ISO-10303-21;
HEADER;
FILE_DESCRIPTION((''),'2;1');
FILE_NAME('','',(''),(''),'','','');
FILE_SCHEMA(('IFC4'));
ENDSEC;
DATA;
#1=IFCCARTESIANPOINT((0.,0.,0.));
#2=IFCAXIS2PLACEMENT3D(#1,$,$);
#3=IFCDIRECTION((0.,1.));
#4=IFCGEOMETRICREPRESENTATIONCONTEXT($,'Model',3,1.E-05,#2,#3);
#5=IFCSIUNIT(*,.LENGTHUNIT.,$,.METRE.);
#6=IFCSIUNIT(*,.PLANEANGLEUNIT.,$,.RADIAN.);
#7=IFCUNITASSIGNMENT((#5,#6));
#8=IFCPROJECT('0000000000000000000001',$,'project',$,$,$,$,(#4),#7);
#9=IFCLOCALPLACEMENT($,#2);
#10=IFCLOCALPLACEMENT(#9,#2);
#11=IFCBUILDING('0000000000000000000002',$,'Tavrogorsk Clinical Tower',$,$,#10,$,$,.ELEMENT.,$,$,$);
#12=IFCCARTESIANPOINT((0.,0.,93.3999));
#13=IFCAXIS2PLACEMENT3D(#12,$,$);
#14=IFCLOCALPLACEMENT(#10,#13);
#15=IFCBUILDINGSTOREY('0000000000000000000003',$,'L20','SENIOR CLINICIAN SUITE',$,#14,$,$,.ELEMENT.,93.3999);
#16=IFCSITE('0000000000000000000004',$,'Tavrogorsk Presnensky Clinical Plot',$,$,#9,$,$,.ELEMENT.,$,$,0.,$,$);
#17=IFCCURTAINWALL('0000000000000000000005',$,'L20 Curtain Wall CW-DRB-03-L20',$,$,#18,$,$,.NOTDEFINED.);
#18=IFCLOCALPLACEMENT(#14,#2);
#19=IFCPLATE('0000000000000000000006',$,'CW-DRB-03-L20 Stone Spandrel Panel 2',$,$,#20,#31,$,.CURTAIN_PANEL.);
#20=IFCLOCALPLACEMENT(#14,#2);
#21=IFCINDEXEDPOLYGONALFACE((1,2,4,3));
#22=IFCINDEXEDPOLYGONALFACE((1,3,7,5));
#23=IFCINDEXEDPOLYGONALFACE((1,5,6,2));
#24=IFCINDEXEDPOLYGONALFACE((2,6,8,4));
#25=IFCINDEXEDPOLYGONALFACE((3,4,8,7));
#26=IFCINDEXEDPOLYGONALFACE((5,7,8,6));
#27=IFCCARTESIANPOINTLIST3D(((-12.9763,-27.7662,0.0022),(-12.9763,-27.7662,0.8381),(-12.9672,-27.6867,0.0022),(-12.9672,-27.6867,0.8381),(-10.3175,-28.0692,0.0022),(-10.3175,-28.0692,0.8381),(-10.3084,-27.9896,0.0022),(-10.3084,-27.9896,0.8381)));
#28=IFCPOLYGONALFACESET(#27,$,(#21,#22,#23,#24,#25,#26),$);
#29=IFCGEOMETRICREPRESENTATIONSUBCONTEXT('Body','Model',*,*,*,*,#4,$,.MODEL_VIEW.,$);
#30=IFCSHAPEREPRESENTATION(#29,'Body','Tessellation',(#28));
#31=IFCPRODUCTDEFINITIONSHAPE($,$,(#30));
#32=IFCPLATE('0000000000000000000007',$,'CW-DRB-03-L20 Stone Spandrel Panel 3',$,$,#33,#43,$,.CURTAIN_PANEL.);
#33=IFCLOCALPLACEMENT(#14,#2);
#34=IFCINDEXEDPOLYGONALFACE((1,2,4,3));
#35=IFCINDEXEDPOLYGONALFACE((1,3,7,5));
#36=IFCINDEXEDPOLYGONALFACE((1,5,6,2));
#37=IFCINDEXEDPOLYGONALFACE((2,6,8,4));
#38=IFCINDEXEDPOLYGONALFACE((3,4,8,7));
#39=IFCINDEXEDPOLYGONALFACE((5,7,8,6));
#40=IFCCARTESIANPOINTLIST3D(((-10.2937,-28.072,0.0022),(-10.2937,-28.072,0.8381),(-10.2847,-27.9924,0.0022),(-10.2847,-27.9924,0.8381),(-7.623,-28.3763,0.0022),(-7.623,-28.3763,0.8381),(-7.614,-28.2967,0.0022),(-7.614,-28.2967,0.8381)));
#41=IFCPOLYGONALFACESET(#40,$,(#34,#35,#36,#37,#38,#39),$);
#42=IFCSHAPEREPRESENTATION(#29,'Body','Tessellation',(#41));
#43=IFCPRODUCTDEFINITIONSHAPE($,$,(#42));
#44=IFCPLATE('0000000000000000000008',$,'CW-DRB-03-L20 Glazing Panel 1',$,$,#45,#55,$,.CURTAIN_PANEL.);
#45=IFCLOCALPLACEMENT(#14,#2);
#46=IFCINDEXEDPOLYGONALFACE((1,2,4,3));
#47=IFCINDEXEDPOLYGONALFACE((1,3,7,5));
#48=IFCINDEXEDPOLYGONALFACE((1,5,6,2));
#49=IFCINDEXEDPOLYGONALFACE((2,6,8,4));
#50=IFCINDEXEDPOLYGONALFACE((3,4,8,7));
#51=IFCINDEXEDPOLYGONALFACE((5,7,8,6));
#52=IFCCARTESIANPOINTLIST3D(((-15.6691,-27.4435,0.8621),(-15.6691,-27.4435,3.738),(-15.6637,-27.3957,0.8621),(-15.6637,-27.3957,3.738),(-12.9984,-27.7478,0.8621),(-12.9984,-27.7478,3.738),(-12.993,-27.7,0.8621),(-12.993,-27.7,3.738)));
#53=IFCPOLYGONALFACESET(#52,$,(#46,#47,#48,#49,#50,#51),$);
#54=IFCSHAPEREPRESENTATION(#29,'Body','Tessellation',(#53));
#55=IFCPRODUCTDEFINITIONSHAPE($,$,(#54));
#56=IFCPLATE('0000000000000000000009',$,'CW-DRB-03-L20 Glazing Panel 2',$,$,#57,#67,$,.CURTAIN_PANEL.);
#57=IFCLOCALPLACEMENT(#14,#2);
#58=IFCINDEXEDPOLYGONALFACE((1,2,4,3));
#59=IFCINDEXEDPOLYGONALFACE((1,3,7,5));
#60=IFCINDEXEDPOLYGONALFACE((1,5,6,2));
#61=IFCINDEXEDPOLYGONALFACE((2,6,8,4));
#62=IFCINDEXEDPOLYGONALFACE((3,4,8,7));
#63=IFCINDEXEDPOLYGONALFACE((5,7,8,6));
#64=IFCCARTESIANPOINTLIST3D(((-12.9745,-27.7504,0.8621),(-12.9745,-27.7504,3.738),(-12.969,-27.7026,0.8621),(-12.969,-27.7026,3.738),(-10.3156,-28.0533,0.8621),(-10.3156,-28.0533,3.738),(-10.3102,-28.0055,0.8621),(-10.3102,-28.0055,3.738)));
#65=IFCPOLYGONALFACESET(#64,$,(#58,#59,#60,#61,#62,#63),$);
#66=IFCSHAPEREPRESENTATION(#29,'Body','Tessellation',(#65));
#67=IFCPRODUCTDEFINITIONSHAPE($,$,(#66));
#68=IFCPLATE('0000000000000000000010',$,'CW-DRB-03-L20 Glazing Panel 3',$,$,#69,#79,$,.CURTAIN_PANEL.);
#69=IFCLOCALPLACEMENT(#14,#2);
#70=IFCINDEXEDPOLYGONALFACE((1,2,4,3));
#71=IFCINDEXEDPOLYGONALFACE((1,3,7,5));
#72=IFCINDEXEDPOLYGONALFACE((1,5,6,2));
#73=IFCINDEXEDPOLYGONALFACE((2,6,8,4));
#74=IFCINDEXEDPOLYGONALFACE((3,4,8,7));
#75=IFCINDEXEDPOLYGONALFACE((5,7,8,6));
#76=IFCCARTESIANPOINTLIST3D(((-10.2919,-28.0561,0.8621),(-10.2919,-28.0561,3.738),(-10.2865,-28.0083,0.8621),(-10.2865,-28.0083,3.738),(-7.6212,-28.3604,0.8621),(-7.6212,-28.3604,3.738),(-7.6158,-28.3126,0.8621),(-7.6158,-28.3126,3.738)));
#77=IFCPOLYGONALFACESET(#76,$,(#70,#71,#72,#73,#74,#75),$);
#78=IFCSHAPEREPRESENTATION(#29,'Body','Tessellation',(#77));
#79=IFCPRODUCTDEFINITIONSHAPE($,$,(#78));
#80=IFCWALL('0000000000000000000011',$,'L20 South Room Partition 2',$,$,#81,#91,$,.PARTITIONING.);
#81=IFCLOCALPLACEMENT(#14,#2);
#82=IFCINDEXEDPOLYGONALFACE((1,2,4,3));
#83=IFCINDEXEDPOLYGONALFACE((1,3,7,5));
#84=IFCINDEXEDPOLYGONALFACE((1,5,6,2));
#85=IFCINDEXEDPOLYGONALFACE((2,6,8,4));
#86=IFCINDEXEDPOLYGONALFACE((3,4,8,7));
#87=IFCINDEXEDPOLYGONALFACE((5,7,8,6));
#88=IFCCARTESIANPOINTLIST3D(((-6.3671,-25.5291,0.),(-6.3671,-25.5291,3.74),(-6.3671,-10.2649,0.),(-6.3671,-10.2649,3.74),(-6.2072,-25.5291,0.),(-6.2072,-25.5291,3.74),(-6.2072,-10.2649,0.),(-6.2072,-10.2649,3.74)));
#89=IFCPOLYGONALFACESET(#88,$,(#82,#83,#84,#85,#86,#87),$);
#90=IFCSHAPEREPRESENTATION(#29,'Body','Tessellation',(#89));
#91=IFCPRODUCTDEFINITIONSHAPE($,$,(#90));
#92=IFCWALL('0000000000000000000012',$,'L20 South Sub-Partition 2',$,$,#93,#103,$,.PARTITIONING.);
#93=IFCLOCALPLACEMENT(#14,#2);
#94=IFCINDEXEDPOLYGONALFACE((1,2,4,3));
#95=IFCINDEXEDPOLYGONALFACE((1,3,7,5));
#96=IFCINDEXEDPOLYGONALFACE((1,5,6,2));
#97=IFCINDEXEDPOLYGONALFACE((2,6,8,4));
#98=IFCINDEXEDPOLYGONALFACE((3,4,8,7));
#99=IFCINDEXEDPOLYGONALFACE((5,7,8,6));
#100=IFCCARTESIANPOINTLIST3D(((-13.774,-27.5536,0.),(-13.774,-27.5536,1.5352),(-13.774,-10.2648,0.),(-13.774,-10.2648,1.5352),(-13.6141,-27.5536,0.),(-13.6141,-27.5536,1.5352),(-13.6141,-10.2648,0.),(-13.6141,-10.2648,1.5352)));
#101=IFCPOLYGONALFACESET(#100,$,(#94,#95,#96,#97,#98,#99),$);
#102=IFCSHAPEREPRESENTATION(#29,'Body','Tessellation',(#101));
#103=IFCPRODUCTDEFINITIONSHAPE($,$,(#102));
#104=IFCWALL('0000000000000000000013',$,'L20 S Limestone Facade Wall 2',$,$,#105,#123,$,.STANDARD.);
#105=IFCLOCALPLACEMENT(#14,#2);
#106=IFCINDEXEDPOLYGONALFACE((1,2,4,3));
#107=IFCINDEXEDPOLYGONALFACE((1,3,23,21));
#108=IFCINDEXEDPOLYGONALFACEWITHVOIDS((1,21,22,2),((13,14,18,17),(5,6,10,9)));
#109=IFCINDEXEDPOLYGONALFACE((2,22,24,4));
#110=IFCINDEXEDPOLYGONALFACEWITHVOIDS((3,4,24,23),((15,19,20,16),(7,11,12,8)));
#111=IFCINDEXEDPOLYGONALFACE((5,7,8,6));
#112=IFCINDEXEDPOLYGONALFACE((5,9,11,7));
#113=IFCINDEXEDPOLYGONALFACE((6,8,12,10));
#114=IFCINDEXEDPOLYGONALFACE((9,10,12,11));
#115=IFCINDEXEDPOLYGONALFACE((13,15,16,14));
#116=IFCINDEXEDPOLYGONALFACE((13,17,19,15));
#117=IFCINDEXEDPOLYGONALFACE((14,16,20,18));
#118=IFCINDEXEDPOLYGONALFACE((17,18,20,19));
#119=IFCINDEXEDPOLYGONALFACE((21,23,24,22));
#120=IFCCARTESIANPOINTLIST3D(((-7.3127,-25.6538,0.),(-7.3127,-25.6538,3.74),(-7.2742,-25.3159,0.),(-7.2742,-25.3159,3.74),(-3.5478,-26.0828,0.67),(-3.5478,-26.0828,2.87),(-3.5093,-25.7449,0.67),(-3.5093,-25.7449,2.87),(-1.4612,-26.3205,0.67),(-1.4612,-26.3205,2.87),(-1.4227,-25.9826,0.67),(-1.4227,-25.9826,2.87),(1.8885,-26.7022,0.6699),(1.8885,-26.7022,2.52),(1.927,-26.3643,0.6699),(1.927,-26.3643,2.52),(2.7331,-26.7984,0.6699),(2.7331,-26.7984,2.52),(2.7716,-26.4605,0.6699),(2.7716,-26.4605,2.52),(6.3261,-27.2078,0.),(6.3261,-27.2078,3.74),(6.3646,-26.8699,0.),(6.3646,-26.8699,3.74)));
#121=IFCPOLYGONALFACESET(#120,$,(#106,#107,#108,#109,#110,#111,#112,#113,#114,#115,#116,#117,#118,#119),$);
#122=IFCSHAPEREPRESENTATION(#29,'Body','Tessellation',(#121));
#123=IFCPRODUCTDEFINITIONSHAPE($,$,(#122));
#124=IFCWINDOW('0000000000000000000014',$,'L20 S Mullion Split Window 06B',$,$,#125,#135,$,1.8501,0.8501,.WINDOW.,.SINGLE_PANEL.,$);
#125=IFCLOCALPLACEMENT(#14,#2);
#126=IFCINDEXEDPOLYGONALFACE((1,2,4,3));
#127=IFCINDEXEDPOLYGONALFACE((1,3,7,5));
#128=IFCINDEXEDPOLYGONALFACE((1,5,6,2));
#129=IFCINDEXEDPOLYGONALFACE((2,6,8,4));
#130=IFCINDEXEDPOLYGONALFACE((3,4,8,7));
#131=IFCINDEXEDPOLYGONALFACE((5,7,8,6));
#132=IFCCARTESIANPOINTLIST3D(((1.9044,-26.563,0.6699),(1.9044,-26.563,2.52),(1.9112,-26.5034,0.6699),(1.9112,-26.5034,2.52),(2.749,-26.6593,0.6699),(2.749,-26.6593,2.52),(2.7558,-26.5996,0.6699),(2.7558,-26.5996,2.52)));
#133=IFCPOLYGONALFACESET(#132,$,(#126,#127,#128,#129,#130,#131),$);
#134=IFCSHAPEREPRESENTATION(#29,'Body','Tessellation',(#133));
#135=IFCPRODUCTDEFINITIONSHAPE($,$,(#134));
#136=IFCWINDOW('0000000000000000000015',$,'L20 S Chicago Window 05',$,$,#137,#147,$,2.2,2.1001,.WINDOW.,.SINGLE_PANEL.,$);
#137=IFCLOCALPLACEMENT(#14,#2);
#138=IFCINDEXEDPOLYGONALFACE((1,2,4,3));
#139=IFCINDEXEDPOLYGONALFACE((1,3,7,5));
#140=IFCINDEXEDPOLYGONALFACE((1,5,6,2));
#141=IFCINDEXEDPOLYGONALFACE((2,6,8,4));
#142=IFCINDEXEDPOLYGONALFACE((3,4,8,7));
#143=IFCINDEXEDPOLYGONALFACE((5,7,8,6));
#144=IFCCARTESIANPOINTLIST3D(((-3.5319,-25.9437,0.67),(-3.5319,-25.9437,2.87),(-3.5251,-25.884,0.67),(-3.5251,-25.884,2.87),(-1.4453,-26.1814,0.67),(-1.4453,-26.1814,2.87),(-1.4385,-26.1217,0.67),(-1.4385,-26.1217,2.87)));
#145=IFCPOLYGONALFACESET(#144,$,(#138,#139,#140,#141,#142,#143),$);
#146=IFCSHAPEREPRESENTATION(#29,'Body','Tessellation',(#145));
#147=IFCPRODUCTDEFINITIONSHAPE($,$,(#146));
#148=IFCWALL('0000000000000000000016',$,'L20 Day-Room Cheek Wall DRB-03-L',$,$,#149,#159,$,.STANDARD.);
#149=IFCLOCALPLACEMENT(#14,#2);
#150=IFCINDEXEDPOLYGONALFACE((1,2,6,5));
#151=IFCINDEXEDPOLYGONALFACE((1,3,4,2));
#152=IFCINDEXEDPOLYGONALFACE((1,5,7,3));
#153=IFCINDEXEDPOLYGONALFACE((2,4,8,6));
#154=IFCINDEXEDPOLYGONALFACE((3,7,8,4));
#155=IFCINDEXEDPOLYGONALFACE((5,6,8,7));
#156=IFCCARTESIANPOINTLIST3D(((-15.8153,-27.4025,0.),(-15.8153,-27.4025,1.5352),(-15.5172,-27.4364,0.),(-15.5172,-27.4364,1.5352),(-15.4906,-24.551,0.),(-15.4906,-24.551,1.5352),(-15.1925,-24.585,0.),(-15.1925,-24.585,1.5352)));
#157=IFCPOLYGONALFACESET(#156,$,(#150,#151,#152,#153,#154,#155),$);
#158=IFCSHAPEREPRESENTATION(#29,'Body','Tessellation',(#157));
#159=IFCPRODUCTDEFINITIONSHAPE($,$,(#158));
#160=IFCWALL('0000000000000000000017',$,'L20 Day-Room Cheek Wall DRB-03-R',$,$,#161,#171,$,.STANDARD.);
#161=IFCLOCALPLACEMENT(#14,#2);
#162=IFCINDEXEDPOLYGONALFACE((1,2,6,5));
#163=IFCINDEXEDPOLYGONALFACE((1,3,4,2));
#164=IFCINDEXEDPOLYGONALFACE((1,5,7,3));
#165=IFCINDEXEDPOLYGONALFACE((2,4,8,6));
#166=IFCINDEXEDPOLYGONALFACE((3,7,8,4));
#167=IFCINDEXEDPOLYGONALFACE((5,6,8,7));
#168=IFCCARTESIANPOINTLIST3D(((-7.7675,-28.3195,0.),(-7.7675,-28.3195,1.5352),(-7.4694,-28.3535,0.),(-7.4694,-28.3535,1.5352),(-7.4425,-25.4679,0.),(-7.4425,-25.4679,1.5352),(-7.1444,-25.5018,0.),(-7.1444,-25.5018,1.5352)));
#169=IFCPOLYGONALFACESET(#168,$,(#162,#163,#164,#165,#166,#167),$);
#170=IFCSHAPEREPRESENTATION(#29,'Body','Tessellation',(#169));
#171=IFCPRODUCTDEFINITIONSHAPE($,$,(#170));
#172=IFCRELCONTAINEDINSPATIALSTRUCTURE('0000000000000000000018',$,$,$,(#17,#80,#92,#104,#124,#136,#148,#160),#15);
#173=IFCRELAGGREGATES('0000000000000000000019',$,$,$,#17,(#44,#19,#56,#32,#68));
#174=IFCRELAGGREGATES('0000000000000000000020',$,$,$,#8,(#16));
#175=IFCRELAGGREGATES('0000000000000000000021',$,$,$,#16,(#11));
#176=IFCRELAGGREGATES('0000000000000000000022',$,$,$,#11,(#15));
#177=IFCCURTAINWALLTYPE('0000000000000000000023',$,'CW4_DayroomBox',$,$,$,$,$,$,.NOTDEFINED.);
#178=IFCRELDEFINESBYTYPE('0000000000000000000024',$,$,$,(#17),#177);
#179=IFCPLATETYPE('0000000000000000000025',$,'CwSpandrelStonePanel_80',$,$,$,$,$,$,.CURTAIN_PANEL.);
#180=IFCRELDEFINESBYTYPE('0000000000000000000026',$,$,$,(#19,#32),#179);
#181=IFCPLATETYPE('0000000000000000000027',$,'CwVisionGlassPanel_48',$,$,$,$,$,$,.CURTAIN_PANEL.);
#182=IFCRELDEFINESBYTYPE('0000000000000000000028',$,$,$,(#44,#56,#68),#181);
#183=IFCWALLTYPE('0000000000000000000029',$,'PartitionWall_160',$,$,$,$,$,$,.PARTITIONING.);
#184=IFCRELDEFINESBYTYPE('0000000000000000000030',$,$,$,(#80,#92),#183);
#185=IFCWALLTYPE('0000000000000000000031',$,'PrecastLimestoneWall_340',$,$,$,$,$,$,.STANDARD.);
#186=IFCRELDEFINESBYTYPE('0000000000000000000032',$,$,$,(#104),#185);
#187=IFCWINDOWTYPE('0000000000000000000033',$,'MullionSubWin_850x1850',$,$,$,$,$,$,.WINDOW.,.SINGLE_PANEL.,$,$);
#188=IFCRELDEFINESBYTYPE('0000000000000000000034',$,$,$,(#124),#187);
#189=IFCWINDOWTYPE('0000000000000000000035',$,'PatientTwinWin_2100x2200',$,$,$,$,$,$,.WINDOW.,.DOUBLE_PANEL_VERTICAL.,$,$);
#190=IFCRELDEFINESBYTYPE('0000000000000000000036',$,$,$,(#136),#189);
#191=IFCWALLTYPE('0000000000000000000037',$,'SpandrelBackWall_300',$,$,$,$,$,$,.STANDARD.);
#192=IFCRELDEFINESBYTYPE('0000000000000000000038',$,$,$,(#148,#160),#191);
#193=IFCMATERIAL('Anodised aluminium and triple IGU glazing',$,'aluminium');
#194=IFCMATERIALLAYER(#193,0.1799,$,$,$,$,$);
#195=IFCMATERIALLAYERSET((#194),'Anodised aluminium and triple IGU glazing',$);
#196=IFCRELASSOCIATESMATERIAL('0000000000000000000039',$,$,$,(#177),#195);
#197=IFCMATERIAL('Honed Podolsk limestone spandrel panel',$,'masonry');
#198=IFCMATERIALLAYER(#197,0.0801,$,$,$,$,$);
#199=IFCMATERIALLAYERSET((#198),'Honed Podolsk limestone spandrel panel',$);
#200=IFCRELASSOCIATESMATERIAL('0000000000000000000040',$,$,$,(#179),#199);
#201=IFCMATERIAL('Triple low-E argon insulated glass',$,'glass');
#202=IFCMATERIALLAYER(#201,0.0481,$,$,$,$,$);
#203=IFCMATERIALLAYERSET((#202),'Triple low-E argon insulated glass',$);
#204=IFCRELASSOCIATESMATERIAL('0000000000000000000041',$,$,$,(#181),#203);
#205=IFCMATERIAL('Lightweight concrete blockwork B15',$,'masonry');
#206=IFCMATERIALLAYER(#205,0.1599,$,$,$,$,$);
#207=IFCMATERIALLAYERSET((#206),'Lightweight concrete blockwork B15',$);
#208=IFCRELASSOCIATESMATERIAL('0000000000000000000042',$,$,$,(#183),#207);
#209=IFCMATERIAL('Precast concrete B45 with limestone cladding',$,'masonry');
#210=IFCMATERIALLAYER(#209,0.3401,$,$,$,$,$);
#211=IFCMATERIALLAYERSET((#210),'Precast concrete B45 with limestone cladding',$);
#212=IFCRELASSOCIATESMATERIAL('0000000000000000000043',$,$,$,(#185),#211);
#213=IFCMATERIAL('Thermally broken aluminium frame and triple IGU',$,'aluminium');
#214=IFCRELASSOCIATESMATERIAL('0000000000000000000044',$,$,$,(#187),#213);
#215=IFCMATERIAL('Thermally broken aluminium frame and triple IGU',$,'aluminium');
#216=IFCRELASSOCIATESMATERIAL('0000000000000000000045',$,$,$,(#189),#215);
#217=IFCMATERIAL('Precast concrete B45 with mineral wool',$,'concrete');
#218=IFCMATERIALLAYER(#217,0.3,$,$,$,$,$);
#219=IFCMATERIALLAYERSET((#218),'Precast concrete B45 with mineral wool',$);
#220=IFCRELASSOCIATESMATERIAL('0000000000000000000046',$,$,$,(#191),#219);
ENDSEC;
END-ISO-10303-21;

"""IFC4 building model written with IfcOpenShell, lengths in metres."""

from ifc_helpers import new_model, si_unit, direction, frame, frame_2d, origin, origin_2d, place, context, subcontext, project, spatial, rectangle, extrude, material, layer, layer_set, type_object, element, fill, aggregate, save


model = new_model("IFC4")

# Units and contexts
model_context = context("Model", 3, precision=1e-05, world=origin(), true_north=direction((0.0, 1.0)))
body_context = subcontext(model_context, "Body", "Model", "MODEL_VIEW")
ifc_project = project(units=[si_unit("LENGTHUNIT", "METRE"), si_unit("PLANEANGLEUNIT", "RADIAN")], contexts=[model_context])

# Site, building, storey
site_placement = place(None, origin())
site = spatial("IfcSite", under=ifc_project, at=site_placement, Name="Tavrogorsk Presnensky Clinical Plot", CompositionType="ELEMENT", RefElevation=0.0)
building_placement = place(site_placement, origin())
building = spatial("IfcBuilding", under=site, at=building_placement, Name="Tavrogorsk Clinical Tower", CompositionType="ELEMENT")
storey_placement = place(building_placement, frame((0.0, 0.0, 93.3999)))
storey = spatial("IfcBuildingStorey", under=building, at=storey_placement, Name="L20", Description="SENIOR CLINICIAN SUITE", CompositionType="ELEMENT", Elevation=93.3999)

# Curtain wall
ifc_material_1 = material(Name="Anodised aluminium and triple IGU glazing", Category="aluminium")
ifc_layer_1 = layer(ifc_material_1, 0.1799)
ifc_layer_set_1 = layer_set([ifc_layer_1], Name="Anodised aluminium and triple IGU glazing")
curtain_wall_type = type_object("IfcCurtainWallType", Name="CW4_DayroomBox", PredefinedType="NOTDEFINED", material=ifc_layer_set_1)
curtain_wall_placement = place(storey_placement, origin())
curtain_wall = element("IfcCurtainWall", 1, at=curtain_wall_placement, inside=storey, type_object=curtain_wall_type, Name="L20 Curtain Wall CW-DRB-03-L20", PredefinedType="NOTDEFINED")

# Plates
ifc_material_2 = material(Name="Honed Podolsk limestone spandrel panel", Category="masonry")
ifc_layer_2 = layer(ifc_material_2, 0.0801)
ifc_layer_set_2 = layer_set([ifc_layer_2], Name="Honed Podolsk limestone spandrel panel")
plate_type_1 = type_object("IfcPlateType", Name="CwSpandrelStonePanel_80", PredefinedType="CURTAIN_PANEL", material=ifc_layer_set_2)
plate_1_placement = place(storey_placement, frame((-11.6423, -27.8779, 0.0022), z_axis=(0.0, 0.0, 1.0), x_axis=(0.993572, -0.113203, 0.0)))
plate_1 = element("IfcPlate", 2, at=plate_1_placement, type_object=plate_type_1, Name="CW-DRB-03-L20 Stone Spandrel Panel 2", PredefinedType="CURTAIN_PANEL", context=body_context, shape_type="SweptSolid", body=[
    extrude(rectangle(XDim=2.676, YDim=0.0801, at=origin_2d()), origin(), (0.0, 0.0, 1.0), 0.8359),
])
plate_2_placement = place(storey_placement, frame((-8.9539, -28.1843, 0.0022), z_axis=(0.0, 0.0, 1.0), x_axis=(0.993572, -0.113203, 0.0)))
plate_2 = element("IfcPlate", 3, at=plate_2_placement, type_object=plate_type_1, Name="CW-DRB-03-L20 Stone Spandrel Panel 3", PredefinedType="CURTAIN_PANEL", context=body_context, shape_type="SweptSolid", body=[
    extrude(rectangle(XDim=2.688, YDim=0.0801, at=origin_2d()), origin(), (0.0, 0.0, 1.0), 0.8359),
])
ifc_material_3 = material(Name="Triple low-E argon insulated glass", Category="glass")
ifc_layer_3 = layer(ifc_material_3, 0.0481)
ifc_layer_set_3 = layer_set([ifc_layer_3], Name="Triple low-E argon insulated glass")
plate_type_2 = type_object("IfcPlateType", Name="CwVisionGlassPanel_48", PredefinedType="CURTAIN_PANEL", material=ifc_layer_set_3)
plate_3_placement = place(storey_placement, frame((-14.3311, -27.5718, 0.8621), z_axis=(0.0, 0.0, 1.0), x_axis=(0.993572, -0.113203, 0.0)))
plate_3 = element("IfcPlate", 4, at=plate_3_placement, type_object=plate_type_2, Name="CW-DRB-03-L20 Glazing Panel 1", PredefinedType="CURTAIN_PANEL", context=body_context, shape_type="SweptSolid", body=[
    extrude(rectangle(XDim=2.688, YDim=0.0481, at=origin_2d()), origin(), (0.0, 0.0, 1.0), 2.876),
])
plate_4_placement = place(storey_placement, frame((-11.6423, -27.8779, 0.8621), z_axis=(0.0, 0.0, 1.0), x_axis=(0.993572, -0.113203, 0.0)))
plate_4 = element("IfcPlate", 5, at=plate_4_placement, type_object=plate_type_2, Name="CW-DRB-03-L20 Glazing Panel 2", PredefinedType="CURTAIN_PANEL", context=body_context, shape_type="SweptSolid", body=[
    extrude(rectangle(XDim=2.676, YDim=0.0481, at=origin_2d()), origin(), (0.0, 0.0, 1.0), 2.876),
])
plate_5_placement = place(storey_placement, frame((-8.9539, -28.1843, 0.8621), z_axis=(0.0, 0.0, 1.0), x_axis=(0.993572, -0.113203, 0.0)))
plate_5 = element("IfcPlate", 6, at=plate_5_placement, type_object=plate_type_2, Name="CW-DRB-03-L20 Glazing Panel 3", PredefinedType="CURTAIN_PANEL", context=body_context, shape_type="SweptSolid", body=[
    extrude(rectangle(XDim=2.688, YDim=0.0481, at=origin_2d()), origin(), (0.0, 0.0, 1.0), 2.876),
])
aggregate(curtain_wall, [plate_3, plate_1, plate_4, plate_2, plate_5])

# Walls
ifc_material_4 = material(Name="Lightweight concrete blockwork B15", Category="masonry")
ifc_layer_4 = layer(ifc_material_4, 0.1599)
ifc_layer_set_4 = layer_set([ifc_layer_4], Name="Lightweight concrete blockwork B15")
wall_type_1 = type_object("IfcWallType", Name="PartitionWall_160", PredefinedType="PARTITIONING", material=ifc_layer_set_4)
wall_1_placement = place(storey_placement, frame((-6.2871, -25.5291, 0.0), z_axis=(0.0, 0.0, 1.0), x_axis=(0.0, 1.0, 0.0)))
element("IfcWall", 7, at=wall_1_placement, inside=storey, type_object=wall_type_1, Name="L20 South Room Partition 2", PredefinedType="PARTITIONING", context=body_context, shape_type="SweptSolid", body=[
    extrude(rectangle(XDim=15.2642, YDim=0.1599, at=frame_2d((7.6321, 0.0))), origin(), (0.0, 0.0, 1.0), 3.74),
])
wall_2_placement = place(storey_placement, frame((-13.6941, -27.5537, 0.0), z_axis=(0.0, 0.0, 1.0), x_axis=(0.0, 1.0, 0.0)))
element("IfcWall", 8, at=wall_2_placement, inside=storey, type_object=wall_type_1, Name="L20 South Sub-Partition 2", PredefinedType="PARTITIONING", context=body_context, shape_type="SweptSolid", body=[
    extrude(rectangle(XDim=17.2888, YDim=0.1599, at=frame_2d((8.6445, 0.0))), origin(), (0.0, 0.0, 1.0), 1.5352),
])

# Wall, openings, windows
ifc_material_5 = material(Name="Precast concrete B45 with limestone cladding", Category="masonry")
ifc_layer_5 = layer(ifc_material_5, 0.3401)
ifc_layer_set_5 = layer_set([ifc_layer_5], Name="Precast concrete B45 with limestone cladding")
wall_type_2 = type_object("IfcWallType", Name="PrecastLimestoneWall_340", PredefinedType="STANDARD", material=ifc_layer_set_5)
wall_3_placement = place(storey_placement, frame((-7.2935, -25.4849, 0.0), z_axis=(0.0, 0.0, 1.0), x_axis=(0.993572, -0.113203, 0.0)))
wall_3 = element("IfcWall", 9, at=wall_3_placement, inside=storey, type_object=wall_type_2, Name="L20 S Limestone Facade Wall 2", PredefinedType="STANDARD", context=body_context, shape_type="SweptSolid", body=[
    extrude(rectangle(XDim=13.7271, YDim=0.3401, at=frame_2d((6.8635, 0.0))), origin(), (0.0, 0.0, 1.0), 3.74),
])
opening_1_placement = place(wall_3_placement, frame((3.7893, 0.0, 0.6699)))
opening_1 = element("IfcOpeningElement", 10, at=opening_1_placement, cuts=wall_3, PredefinedType="OPENING", context=body_context, shape_type="SweptSolid", body=[
    extrude(rectangle(XDim=2.1001, YDim=2.2, at=frame_2d((1.05, 1.1001))), frame((0.0, 0.1799, 0.0), z_axis=(0.0, -1.0, 0.0), x_axis=(1.0, 0.0, 0.0)), (0.0, 0.0, 1.0), 0.3601),
])
opening_2_placement = place(wall_3_placement, frame((9.2607, 0.0, 0.6699)))
opening_2 = element("IfcOpeningElement", 11, at=opening_2_placement, cuts=wall_3, PredefinedType="OPENING", context=body_context, shape_type="SweptSolid", body=[
    extrude(rectangle(XDim=0.8501, YDim=1.8501, at=frame_2d((0.425, 0.925))), frame((0.0, 0.1799, 0.0), z_axis=(0.0, -1.0, 0.0), x_axis=(1.0, 0.0, 0.0)), (0.0, 0.0, 1.0), 0.3601),
])
ifc_material_6 = material(Name="Thermally broken aluminium frame and triple IGU", Category="aluminium")
window_type_1 = type_object("IfcWindowType", Name="MullionSubWin_850x1850", PartitioningType="SINGLE_PANEL", PredefinedType="WINDOW", material=ifc_material_6)
window_1_placement = place(opening_2_placement, origin())
window_1 = element("IfcWindow", 12, at=window_1_placement, inside=storey, type_object=window_type_1, Name="L20 S Mullion Split Window 06B", OverallHeight=1.8501, OverallWidth=0.8501, PartitioningType="SINGLE_PANEL", PredefinedType="WINDOW", context=body_context, shape_type="SweptSolid", body=[
    extrude(rectangle(XDim=0.8501, YDim=1.8501, at=frame_2d((0.425, 0.925))), frame((0.0, 0.03, 0.0), z_axis=(0.0, -1.0, 0.0), x_axis=(1.0, 0.0, 0.0)), (0.0, 0.0, 1.0), 0.0601),
])
fill(opening_2, window_1)
ifc_material_7 = material(Name="Thermally broken aluminium frame and triple IGU", Category="aluminium")
window_type_2 = type_object("IfcWindowType", Name="PatientTwinWin_2100x2200", PartitioningType="DOUBLE_PANEL_VERTICAL", PredefinedType="WINDOW", material=ifc_material_7)
window_2_placement = place(opening_1_placement, origin())
window_2 = element("IfcWindow", 13, at=window_2_placement, inside=storey, type_object=window_type_2, Name="L20 S Chicago Window 05", OverallHeight=2.2, OverallWidth=2.1001, PartitioningType="SINGLE_PANEL", PredefinedType="WINDOW", context=body_context, shape_type="SweptSolid", body=[
    extrude(rectangle(XDim=2.1001, YDim=2.2, at=frame_2d((1.05, 1.1001))), frame((0.0, 0.03, 0.0), z_axis=(0.0, -1.0, 0.0), x_axis=(1.0, 0.0, 0.0)), (0.0, 0.0, 1.0), 0.0601),
])
fill(opening_1, window_2)

# Walls
ifc_material_8 = material(Name="Precast concrete B45 with mineral wool", Category="concrete")
ifc_layer_6 = layer(ifc_material_8, 0.3)
ifc_layer_set_6 = layer_set([ifc_layer_6], Name="Precast concrete B45 with mineral wool")
wall_type_3 = type_object("IfcWallType", Name="SpandrelBackWall_300", PredefinedType="STANDARD", material=ifc_layer_set_6)
wall_4_placement = place(storey_placement, frame((-15.3416, -24.5679, 0.0), z_axis=(0.0, 0.0, 1.0), x_axis=(-0.113139, -0.993579, 0.0)))
element("IfcWall", 14, at=wall_4_placement, inside=storey, type_object=wall_type_3, Name="L20 Day-Room Cheek Wall DRB-03-L", PredefinedType="STANDARD", context=body_context, shape_type="SweptSolid", body=[
    extrude(rectangle(XDim=2.8699, YDim=0.3, at=frame_2d((1.4351, 0.0))), origin(), (0.0, 0.0, 1.0), 1.5352),
])
wall_5_placement = place(storey_placement, frame((-7.2935, -25.4849, 0.0), z_axis=(0.0, 0.0, 1.0), x_axis=(-0.113223, -0.99357, 0.0)))
element("IfcWall", 15, at=wall_5_placement, inside=storey, type_object=wall_type_3, Name="L20 Day-Room Cheek Wall DRB-03-R", PredefinedType="STANDARD", context=body_context, shape_type="SweptSolid", body=[
    extrude(rectangle(XDim=2.8701, YDim=0.3, at=frame_2d((1.4351, 0.0))), origin(), (0.0, 0.0, 1.0), 1.5352),
])

save(model, "model.ifc")
